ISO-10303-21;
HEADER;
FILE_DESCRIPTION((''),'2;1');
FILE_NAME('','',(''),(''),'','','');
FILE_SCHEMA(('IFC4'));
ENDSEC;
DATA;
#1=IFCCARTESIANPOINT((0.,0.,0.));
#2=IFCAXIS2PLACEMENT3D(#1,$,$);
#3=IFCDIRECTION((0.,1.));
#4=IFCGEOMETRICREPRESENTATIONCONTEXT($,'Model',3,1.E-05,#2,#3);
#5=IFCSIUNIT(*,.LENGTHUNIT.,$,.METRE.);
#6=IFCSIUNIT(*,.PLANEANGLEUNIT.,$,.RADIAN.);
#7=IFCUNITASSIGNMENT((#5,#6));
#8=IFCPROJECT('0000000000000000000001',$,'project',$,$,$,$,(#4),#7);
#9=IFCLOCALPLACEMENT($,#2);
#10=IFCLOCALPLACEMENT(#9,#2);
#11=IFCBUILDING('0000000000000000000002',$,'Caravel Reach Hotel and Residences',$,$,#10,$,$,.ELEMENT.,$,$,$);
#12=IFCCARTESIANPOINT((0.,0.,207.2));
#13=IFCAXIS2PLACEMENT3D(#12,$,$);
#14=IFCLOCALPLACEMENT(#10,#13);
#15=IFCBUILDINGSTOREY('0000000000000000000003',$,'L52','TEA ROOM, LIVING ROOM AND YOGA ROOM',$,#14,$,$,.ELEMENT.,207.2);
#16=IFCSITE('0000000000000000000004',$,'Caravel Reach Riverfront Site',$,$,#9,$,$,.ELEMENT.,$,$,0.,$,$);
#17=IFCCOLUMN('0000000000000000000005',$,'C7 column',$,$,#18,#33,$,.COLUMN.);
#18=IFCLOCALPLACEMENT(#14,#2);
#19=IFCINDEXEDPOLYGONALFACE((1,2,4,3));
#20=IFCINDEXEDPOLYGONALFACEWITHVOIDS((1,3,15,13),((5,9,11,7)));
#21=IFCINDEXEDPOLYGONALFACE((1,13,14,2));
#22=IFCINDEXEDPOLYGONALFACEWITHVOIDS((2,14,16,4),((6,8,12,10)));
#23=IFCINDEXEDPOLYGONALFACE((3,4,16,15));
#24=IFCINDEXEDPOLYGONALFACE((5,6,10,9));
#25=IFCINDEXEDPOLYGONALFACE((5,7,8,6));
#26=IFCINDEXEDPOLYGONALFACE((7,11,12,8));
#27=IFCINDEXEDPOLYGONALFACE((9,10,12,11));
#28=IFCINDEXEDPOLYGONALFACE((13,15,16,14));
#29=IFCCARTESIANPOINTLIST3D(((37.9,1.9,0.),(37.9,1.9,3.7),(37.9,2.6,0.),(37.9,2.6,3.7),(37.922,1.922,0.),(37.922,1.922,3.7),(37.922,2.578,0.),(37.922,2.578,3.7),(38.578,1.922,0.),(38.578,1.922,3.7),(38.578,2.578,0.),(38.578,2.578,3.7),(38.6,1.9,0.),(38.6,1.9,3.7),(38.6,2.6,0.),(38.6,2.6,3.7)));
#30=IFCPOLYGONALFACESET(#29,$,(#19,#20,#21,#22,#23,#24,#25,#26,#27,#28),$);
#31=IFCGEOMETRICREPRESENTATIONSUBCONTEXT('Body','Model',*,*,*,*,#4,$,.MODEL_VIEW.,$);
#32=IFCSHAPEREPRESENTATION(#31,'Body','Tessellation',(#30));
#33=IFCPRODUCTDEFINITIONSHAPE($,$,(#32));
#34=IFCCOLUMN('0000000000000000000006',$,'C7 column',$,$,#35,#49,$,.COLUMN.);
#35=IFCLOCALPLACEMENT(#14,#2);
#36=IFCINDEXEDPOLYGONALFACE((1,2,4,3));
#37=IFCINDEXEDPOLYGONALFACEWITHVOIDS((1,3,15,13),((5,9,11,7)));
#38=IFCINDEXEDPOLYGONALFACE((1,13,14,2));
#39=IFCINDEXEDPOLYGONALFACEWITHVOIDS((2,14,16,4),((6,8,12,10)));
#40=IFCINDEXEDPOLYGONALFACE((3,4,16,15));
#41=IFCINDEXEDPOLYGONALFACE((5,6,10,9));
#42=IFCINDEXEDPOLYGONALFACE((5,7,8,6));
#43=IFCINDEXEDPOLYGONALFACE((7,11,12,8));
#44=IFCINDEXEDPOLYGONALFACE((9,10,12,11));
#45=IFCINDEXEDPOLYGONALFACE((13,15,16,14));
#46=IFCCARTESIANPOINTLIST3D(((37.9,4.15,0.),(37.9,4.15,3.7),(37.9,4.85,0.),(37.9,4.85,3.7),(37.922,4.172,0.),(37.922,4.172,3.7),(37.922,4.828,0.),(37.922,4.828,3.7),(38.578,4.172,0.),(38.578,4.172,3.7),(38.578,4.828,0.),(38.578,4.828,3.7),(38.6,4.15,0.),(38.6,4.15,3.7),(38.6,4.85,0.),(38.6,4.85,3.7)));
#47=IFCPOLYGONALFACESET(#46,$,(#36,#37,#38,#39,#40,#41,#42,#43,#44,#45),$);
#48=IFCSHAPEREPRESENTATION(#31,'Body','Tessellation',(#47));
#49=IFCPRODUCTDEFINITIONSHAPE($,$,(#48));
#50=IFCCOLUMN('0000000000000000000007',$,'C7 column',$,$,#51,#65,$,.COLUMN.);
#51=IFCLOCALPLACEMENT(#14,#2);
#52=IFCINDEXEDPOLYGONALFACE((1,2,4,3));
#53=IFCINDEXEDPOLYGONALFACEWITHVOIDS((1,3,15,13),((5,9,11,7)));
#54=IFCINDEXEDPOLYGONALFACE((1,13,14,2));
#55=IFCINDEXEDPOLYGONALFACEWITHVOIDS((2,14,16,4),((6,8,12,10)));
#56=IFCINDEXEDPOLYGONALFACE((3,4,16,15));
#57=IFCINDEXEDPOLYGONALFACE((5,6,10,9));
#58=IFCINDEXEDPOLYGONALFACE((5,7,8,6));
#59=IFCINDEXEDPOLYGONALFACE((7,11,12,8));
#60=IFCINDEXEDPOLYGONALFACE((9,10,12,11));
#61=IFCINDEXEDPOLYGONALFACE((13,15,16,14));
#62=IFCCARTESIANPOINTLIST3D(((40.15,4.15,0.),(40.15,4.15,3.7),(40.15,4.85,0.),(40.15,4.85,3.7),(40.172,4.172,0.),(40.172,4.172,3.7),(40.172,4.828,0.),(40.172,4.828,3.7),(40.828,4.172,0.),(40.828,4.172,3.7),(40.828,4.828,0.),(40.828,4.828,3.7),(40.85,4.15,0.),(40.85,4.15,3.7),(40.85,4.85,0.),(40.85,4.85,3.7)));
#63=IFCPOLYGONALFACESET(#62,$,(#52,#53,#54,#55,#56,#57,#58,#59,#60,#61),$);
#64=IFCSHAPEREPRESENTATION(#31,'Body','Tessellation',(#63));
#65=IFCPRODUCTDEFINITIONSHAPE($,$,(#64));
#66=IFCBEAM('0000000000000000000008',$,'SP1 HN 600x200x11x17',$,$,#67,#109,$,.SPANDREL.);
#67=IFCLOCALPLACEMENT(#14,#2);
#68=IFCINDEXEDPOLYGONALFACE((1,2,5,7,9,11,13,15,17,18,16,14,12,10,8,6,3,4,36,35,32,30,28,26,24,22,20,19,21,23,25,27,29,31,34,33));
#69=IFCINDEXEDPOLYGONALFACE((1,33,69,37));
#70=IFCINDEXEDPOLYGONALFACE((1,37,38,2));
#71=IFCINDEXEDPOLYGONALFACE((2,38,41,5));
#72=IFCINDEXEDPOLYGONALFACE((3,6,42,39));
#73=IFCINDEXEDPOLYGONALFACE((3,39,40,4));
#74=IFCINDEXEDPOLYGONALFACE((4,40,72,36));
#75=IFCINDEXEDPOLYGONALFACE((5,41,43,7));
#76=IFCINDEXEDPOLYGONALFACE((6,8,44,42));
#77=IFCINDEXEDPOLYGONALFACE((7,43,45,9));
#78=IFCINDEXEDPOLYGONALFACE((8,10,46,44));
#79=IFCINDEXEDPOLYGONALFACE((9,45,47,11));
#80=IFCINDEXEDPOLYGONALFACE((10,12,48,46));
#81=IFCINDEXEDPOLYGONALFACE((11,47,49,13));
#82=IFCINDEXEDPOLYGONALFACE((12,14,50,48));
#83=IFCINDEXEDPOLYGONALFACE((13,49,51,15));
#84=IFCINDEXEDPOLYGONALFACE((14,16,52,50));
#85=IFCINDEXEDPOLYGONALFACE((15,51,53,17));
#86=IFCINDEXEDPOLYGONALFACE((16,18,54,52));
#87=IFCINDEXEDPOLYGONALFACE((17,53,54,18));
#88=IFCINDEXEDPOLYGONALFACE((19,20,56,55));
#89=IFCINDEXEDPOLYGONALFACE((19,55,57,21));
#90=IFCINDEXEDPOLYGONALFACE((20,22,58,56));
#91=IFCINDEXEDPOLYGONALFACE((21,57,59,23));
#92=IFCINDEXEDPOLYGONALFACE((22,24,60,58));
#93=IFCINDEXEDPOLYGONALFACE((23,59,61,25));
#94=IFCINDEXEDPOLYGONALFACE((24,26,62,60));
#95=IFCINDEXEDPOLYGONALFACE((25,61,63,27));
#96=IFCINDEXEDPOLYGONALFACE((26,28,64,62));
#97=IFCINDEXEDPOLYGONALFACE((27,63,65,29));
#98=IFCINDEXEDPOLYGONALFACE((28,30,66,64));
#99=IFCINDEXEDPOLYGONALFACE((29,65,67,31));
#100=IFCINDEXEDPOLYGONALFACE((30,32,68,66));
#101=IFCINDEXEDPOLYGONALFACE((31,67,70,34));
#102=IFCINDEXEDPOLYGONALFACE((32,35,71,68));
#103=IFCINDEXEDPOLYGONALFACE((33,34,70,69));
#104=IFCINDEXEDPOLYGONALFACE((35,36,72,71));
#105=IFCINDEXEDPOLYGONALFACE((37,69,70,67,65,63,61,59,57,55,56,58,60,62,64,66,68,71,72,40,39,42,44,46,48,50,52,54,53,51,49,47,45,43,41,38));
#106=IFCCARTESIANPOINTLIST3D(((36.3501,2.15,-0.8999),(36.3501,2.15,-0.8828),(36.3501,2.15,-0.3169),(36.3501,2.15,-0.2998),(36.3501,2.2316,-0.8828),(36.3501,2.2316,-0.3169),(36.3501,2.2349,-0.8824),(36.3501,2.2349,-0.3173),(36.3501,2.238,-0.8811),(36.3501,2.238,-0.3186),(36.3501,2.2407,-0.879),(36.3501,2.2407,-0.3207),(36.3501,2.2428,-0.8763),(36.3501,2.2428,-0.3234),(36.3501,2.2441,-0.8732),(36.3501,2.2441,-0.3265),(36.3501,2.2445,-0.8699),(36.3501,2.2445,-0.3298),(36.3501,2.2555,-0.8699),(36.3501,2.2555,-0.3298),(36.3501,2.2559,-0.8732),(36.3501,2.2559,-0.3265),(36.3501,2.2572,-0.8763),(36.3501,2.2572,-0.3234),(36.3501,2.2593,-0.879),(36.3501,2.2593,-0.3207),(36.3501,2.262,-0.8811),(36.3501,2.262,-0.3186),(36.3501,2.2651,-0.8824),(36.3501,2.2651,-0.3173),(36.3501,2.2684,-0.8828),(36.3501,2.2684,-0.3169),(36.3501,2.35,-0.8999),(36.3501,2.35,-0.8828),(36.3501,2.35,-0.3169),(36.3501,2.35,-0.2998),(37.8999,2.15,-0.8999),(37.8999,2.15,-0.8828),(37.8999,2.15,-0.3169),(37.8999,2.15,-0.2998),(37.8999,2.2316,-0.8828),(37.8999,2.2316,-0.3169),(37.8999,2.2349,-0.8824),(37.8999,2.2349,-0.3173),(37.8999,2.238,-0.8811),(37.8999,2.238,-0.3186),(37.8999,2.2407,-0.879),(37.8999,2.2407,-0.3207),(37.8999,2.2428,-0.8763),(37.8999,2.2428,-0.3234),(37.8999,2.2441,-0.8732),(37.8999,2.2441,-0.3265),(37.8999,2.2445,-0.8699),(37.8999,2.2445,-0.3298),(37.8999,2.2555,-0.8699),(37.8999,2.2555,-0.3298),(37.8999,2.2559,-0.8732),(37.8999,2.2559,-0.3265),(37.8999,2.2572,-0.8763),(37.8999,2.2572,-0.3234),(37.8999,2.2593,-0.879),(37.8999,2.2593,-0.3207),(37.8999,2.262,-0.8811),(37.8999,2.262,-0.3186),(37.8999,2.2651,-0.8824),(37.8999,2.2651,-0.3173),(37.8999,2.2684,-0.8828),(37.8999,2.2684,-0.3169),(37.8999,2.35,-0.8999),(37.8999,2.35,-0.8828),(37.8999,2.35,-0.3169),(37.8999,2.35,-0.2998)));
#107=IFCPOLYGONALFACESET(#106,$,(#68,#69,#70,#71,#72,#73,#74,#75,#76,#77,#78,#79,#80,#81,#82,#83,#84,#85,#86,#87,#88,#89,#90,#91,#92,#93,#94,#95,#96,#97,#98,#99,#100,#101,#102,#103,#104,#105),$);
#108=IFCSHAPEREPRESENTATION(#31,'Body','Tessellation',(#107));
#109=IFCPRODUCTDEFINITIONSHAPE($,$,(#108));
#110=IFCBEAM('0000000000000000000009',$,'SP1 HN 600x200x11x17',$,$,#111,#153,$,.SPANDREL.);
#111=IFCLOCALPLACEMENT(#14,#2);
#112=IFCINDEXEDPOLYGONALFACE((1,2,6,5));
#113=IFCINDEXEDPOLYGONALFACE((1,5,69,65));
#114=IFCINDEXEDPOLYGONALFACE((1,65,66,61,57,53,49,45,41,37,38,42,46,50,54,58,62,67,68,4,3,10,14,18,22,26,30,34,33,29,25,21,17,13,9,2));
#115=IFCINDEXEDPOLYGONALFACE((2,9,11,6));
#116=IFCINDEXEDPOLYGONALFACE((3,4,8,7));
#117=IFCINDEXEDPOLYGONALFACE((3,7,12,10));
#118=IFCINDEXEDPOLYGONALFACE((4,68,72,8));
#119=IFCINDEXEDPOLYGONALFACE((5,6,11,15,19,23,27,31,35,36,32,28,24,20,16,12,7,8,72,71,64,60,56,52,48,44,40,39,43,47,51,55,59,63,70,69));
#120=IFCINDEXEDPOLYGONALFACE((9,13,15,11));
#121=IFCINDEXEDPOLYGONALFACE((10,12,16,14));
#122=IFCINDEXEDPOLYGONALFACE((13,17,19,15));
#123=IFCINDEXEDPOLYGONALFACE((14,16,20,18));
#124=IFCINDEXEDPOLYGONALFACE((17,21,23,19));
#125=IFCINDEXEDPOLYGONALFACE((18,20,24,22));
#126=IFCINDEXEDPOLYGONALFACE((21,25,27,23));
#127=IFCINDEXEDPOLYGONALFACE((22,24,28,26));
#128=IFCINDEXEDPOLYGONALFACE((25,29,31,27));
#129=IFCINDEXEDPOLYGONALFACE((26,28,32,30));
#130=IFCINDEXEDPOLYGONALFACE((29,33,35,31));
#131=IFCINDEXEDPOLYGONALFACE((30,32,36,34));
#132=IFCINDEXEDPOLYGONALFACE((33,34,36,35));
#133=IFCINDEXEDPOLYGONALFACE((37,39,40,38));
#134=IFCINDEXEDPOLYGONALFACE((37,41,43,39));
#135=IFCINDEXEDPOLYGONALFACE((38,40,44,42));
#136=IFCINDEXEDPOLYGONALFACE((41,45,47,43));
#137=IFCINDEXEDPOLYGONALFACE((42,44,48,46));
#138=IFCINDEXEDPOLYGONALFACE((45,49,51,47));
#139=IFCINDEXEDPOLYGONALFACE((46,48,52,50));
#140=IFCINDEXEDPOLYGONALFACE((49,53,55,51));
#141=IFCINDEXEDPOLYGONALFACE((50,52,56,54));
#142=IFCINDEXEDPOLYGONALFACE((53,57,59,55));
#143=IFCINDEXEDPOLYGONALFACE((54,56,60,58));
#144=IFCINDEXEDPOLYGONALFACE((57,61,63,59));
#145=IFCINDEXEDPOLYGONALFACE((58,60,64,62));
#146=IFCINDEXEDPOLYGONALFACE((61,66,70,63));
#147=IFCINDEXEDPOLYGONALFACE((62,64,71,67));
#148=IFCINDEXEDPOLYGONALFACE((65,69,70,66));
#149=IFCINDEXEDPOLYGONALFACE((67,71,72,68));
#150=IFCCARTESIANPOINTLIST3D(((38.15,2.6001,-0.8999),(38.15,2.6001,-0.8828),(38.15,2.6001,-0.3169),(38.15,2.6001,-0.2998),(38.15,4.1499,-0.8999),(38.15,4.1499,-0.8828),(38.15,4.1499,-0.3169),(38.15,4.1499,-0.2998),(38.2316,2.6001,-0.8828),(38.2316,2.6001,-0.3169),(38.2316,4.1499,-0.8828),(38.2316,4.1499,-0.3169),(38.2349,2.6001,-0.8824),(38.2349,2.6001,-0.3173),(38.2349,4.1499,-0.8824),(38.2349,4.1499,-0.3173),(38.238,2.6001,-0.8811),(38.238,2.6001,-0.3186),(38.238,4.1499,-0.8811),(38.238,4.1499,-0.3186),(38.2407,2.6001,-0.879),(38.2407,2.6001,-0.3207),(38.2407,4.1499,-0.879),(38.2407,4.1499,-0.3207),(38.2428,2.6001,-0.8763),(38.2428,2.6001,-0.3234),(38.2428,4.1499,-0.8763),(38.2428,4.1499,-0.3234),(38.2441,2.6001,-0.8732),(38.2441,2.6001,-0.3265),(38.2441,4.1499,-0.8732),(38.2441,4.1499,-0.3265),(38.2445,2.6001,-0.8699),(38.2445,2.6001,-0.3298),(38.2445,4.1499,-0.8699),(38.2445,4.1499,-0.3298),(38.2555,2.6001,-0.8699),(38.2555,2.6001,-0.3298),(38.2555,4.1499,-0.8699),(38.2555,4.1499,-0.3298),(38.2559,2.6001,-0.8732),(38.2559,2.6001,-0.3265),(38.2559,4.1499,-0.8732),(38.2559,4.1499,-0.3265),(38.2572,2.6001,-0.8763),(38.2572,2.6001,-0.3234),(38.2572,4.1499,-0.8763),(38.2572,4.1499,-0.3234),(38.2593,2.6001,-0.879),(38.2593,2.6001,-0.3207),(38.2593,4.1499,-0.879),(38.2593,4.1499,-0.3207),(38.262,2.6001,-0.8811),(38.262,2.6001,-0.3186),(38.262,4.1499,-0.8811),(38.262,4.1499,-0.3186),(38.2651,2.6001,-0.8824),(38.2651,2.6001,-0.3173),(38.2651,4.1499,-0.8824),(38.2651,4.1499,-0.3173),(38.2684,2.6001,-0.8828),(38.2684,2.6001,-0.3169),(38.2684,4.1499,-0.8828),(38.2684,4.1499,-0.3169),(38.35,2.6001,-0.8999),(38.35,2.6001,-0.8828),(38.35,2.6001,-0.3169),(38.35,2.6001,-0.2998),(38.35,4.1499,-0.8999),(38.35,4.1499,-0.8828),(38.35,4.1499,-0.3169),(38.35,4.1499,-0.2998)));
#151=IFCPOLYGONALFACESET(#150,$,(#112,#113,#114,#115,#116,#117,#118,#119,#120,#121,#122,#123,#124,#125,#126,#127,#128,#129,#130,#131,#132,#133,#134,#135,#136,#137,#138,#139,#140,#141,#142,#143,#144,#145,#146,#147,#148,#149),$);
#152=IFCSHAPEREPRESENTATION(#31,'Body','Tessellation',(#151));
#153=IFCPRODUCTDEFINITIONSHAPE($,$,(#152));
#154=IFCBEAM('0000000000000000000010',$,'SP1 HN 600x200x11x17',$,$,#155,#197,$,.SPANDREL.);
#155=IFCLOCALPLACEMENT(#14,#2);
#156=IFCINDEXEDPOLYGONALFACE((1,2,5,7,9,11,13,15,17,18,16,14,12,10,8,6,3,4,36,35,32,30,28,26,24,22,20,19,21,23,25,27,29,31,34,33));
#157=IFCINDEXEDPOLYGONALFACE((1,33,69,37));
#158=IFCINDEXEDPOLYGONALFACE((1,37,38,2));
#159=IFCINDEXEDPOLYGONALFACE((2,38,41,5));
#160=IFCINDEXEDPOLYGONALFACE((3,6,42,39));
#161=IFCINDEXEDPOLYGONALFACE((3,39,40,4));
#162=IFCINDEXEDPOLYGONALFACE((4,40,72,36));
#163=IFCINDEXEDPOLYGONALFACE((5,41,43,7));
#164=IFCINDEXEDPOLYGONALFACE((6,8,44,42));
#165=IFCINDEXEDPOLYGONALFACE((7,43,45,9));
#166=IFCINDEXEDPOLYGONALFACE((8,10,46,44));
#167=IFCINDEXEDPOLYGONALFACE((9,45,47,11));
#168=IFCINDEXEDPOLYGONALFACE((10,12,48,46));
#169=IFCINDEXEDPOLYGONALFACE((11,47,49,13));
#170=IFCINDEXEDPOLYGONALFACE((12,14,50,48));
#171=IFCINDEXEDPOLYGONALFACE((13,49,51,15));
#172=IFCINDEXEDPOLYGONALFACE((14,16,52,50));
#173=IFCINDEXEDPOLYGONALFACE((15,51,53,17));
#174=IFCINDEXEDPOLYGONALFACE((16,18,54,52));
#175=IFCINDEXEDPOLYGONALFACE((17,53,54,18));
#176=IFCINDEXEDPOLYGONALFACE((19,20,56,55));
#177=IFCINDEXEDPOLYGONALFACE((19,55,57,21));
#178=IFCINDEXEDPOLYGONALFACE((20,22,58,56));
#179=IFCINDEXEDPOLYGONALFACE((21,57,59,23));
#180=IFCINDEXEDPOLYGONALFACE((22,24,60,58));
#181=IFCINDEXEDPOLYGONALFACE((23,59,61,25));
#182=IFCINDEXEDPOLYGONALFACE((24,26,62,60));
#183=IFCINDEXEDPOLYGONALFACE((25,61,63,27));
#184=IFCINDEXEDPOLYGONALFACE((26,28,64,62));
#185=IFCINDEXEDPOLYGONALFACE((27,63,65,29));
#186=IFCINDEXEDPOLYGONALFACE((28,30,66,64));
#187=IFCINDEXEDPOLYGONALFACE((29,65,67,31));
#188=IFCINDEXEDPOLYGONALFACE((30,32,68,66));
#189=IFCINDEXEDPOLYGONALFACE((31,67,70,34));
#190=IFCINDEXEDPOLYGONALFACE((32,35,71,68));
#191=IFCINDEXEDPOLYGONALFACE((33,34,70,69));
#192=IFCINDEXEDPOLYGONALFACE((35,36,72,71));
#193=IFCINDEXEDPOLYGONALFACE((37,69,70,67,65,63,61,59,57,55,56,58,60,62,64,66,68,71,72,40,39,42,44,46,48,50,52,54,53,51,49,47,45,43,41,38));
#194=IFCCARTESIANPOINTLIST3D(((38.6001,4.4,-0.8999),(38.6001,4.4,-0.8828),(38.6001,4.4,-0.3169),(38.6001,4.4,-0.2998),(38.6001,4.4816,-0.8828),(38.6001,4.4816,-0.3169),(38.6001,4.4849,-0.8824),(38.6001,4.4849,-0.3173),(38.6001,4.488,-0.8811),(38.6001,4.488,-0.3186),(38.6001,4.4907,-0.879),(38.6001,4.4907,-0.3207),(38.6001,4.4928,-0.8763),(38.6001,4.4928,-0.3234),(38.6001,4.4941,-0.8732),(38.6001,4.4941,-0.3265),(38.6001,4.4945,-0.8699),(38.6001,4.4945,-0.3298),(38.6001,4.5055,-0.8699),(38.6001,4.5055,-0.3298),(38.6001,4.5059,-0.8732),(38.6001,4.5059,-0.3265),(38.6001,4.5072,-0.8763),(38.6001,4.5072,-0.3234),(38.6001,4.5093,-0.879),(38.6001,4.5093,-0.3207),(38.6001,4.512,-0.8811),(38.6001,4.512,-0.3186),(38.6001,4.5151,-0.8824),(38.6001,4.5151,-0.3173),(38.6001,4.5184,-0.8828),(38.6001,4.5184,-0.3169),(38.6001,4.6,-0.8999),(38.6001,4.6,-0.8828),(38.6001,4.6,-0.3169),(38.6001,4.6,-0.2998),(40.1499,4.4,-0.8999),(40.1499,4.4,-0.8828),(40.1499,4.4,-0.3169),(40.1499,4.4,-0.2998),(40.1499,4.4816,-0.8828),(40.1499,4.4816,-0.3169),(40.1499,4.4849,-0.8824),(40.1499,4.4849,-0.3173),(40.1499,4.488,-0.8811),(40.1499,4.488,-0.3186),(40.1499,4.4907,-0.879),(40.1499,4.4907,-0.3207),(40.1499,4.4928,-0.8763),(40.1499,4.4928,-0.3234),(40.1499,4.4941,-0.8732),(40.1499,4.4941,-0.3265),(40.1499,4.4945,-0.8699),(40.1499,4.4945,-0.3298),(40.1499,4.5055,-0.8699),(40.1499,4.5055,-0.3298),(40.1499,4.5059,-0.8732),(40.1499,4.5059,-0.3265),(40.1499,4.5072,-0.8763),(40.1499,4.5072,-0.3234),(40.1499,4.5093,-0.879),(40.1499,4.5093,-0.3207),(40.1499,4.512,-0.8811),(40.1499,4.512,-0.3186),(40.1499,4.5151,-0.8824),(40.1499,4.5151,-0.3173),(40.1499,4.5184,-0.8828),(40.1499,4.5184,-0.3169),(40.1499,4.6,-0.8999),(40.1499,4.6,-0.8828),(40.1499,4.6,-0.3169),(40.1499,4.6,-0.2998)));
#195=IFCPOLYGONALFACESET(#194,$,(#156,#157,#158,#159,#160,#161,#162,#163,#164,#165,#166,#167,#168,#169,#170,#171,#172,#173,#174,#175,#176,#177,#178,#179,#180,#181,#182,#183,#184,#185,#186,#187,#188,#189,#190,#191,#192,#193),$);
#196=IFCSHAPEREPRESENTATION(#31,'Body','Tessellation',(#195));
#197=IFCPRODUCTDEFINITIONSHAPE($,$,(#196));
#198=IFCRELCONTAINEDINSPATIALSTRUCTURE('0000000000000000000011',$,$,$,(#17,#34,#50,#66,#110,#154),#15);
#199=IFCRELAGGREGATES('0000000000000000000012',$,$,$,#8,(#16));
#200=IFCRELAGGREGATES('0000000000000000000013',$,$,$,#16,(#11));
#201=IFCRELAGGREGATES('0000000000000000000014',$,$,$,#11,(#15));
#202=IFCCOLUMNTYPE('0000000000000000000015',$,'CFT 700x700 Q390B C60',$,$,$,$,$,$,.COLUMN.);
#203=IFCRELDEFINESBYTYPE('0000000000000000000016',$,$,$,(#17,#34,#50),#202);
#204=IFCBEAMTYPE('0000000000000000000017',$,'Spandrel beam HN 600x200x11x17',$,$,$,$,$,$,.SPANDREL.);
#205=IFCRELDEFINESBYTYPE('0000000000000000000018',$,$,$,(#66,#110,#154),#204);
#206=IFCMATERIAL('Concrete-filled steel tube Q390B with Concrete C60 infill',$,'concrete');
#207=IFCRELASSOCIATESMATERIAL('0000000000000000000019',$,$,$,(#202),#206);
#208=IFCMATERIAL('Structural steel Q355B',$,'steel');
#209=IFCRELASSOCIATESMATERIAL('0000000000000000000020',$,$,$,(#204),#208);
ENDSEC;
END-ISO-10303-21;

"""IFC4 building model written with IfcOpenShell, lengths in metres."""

from ifc_helpers import new_model, si_unit, direction, frame, origin, origin_2d, place, context, subcontext, project, spatial, hollow_rectangle, i_section, extrude, material, material_profile, profile_set, type_object, element, save


model = new_model("IFC4")

# Units and contexts
model_context = context("Model", 3, precision=1e-05, world=origin(), true_north=direction((0.0, 1.0)))
body_context = subcontext(model_context, "Body", "Model", "MODEL_VIEW")
ifc_project = project(units=[si_unit("LENGTHUNIT", "METRE"), si_unit("PLANEANGLEUNIT", "RADIAN")], contexts=[model_context])

# Site, building, storey
site_placement = place(None, origin())
site = spatial("IfcSite", under=ifc_project, at=site_placement, Name="Caravel Reach Riverfront Site", CompositionType="ELEMENT", RefElevation=0.0)
building_placement = place(site_placement, origin())
building = spatial("IfcBuilding", under=site, at=building_placement, Name="Caravel Reach Hotel and Residences", CompositionType="ELEMENT")
storey_placement = place(building_placement, frame((0.0, 0.0, 207.2)))
storey = spatial("IfcBuildingStorey", under=building, at=storey_placement, Name="L52", Description="TEA ROOM, LIVING ROOM AND YOGA ROOM", CompositionType="ELEMENT", Elevation=207.2)

# Columns
ifc_material_1 = material(Name="Concrete-filled steel tube Q390B with Concrete C60 infill", Category="concrete")
ifc_material_profile_1 = material_profile(ifc_material_1, hollow_rectangle(XDim=0.7, YDim=0.7, WallThickness=0.022, at=origin_2d()), Name="RHS 700x700x22")
ifc_profile_set_1 = profile_set([ifc_material_profile_1], Name="Concrete-filled steel tube Q390B with Concrete C60 infill")
column_type = type_object("IfcColumnType", Name="CFT 700x700 Q390B C60", PredefinedType="COLUMN", material=ifc_profile_set_1)
for number, where, z_axis, x_axis, name in (
    (1, (38.25, 2.25, 0.0), (0.0, 0.0, 1.0), (1.0, 0.0, 0.0), "C7 column"),
    (2, (38.25, 4.5, 0.0), (0.0, 0.0, 1.0), (1.0, 0.0, 0.0), "C7 column"),
    (3, (40.5, 4.5, 0.0), (0.0, 0.0, 1.0), (1.0, 0.0, 0.0), "C7 column"),
):
    element("IfcColumn", number, at=place(storey_placement, frame(where, z_axis=z_axis, x_axis=x_axis)), inside=storey, type_object=column_type, Name=name, PredefinedType="COLUMN", context=body_context, shape_type="SweptSolid", body=[
        extrude(hollow_rectangle(XDim=0.7, YDim=0.7, WallThickness=0.022, at=origin_2d()), origin(), (0.0, 0.0, 1.0), 3.7),
    ])

# Beams
ifc_material_2 = material(Name="Structural steel Q355B", Category="steel")
ifc_material_profile_2 = material_profile(ifc_material_2, i_section(OverallWidth=0.2, OverallDepth=0.6001, WebThickness=0.011, FlangeThickness=0.0171, FilletRadius=0.0129, at=origin_2d()), Name="HN 600x200x11x17")
ifc_profile_set_2 = profile_set([ifc_material_profile_2], Name="Structural steel Q355B")
beam_type = type_object("IfcBeamType", Name="Spandrel beam HN 600x200x11x17", PredefinedType="SPANDREL", material=ifc_profile_set_2)
for number, where, z_axis, x_axis, name in (
    (4, (36.3501, 2.25, -0.5999), (1.0, 0.0, 0.0), (0.0, 1.0, 0.0), "SP1 HN 600x200x11x17"),
    (5, (38.25, 2.6001, -0.5999), (0.0, 1.0, 0.0), (-1.0, 0.0, 0.0), "SP1 HN 600x200x11x17"),
    (6, (38.6001, 4.5, -0.5999), (1.0, 0.0, 0.0), (0.0, 1.0, 0.0), "SP1 HN 600x200x11x17"),
):
    element("IfcBeam", number, at=place(storey_placement, frame(where, z_axis=z_axis, x_axis=x_axis)), inside=storey, type_object=beam_type, Name=name, PredefinedType="SPANDREL", context=body_context, shape_type="SweptSolid", body=[
        extrude(i_section(OverallWidth=0.2, OverallDepth=0.6001, WebThickness=0.011, FlangeThickness=0.0171, FilletRadius=0.0129, at=origin_2d()), origin(), (0.0, 0.0, 1.0), 1.5498),
    ])

save(model, "model.ifc")
